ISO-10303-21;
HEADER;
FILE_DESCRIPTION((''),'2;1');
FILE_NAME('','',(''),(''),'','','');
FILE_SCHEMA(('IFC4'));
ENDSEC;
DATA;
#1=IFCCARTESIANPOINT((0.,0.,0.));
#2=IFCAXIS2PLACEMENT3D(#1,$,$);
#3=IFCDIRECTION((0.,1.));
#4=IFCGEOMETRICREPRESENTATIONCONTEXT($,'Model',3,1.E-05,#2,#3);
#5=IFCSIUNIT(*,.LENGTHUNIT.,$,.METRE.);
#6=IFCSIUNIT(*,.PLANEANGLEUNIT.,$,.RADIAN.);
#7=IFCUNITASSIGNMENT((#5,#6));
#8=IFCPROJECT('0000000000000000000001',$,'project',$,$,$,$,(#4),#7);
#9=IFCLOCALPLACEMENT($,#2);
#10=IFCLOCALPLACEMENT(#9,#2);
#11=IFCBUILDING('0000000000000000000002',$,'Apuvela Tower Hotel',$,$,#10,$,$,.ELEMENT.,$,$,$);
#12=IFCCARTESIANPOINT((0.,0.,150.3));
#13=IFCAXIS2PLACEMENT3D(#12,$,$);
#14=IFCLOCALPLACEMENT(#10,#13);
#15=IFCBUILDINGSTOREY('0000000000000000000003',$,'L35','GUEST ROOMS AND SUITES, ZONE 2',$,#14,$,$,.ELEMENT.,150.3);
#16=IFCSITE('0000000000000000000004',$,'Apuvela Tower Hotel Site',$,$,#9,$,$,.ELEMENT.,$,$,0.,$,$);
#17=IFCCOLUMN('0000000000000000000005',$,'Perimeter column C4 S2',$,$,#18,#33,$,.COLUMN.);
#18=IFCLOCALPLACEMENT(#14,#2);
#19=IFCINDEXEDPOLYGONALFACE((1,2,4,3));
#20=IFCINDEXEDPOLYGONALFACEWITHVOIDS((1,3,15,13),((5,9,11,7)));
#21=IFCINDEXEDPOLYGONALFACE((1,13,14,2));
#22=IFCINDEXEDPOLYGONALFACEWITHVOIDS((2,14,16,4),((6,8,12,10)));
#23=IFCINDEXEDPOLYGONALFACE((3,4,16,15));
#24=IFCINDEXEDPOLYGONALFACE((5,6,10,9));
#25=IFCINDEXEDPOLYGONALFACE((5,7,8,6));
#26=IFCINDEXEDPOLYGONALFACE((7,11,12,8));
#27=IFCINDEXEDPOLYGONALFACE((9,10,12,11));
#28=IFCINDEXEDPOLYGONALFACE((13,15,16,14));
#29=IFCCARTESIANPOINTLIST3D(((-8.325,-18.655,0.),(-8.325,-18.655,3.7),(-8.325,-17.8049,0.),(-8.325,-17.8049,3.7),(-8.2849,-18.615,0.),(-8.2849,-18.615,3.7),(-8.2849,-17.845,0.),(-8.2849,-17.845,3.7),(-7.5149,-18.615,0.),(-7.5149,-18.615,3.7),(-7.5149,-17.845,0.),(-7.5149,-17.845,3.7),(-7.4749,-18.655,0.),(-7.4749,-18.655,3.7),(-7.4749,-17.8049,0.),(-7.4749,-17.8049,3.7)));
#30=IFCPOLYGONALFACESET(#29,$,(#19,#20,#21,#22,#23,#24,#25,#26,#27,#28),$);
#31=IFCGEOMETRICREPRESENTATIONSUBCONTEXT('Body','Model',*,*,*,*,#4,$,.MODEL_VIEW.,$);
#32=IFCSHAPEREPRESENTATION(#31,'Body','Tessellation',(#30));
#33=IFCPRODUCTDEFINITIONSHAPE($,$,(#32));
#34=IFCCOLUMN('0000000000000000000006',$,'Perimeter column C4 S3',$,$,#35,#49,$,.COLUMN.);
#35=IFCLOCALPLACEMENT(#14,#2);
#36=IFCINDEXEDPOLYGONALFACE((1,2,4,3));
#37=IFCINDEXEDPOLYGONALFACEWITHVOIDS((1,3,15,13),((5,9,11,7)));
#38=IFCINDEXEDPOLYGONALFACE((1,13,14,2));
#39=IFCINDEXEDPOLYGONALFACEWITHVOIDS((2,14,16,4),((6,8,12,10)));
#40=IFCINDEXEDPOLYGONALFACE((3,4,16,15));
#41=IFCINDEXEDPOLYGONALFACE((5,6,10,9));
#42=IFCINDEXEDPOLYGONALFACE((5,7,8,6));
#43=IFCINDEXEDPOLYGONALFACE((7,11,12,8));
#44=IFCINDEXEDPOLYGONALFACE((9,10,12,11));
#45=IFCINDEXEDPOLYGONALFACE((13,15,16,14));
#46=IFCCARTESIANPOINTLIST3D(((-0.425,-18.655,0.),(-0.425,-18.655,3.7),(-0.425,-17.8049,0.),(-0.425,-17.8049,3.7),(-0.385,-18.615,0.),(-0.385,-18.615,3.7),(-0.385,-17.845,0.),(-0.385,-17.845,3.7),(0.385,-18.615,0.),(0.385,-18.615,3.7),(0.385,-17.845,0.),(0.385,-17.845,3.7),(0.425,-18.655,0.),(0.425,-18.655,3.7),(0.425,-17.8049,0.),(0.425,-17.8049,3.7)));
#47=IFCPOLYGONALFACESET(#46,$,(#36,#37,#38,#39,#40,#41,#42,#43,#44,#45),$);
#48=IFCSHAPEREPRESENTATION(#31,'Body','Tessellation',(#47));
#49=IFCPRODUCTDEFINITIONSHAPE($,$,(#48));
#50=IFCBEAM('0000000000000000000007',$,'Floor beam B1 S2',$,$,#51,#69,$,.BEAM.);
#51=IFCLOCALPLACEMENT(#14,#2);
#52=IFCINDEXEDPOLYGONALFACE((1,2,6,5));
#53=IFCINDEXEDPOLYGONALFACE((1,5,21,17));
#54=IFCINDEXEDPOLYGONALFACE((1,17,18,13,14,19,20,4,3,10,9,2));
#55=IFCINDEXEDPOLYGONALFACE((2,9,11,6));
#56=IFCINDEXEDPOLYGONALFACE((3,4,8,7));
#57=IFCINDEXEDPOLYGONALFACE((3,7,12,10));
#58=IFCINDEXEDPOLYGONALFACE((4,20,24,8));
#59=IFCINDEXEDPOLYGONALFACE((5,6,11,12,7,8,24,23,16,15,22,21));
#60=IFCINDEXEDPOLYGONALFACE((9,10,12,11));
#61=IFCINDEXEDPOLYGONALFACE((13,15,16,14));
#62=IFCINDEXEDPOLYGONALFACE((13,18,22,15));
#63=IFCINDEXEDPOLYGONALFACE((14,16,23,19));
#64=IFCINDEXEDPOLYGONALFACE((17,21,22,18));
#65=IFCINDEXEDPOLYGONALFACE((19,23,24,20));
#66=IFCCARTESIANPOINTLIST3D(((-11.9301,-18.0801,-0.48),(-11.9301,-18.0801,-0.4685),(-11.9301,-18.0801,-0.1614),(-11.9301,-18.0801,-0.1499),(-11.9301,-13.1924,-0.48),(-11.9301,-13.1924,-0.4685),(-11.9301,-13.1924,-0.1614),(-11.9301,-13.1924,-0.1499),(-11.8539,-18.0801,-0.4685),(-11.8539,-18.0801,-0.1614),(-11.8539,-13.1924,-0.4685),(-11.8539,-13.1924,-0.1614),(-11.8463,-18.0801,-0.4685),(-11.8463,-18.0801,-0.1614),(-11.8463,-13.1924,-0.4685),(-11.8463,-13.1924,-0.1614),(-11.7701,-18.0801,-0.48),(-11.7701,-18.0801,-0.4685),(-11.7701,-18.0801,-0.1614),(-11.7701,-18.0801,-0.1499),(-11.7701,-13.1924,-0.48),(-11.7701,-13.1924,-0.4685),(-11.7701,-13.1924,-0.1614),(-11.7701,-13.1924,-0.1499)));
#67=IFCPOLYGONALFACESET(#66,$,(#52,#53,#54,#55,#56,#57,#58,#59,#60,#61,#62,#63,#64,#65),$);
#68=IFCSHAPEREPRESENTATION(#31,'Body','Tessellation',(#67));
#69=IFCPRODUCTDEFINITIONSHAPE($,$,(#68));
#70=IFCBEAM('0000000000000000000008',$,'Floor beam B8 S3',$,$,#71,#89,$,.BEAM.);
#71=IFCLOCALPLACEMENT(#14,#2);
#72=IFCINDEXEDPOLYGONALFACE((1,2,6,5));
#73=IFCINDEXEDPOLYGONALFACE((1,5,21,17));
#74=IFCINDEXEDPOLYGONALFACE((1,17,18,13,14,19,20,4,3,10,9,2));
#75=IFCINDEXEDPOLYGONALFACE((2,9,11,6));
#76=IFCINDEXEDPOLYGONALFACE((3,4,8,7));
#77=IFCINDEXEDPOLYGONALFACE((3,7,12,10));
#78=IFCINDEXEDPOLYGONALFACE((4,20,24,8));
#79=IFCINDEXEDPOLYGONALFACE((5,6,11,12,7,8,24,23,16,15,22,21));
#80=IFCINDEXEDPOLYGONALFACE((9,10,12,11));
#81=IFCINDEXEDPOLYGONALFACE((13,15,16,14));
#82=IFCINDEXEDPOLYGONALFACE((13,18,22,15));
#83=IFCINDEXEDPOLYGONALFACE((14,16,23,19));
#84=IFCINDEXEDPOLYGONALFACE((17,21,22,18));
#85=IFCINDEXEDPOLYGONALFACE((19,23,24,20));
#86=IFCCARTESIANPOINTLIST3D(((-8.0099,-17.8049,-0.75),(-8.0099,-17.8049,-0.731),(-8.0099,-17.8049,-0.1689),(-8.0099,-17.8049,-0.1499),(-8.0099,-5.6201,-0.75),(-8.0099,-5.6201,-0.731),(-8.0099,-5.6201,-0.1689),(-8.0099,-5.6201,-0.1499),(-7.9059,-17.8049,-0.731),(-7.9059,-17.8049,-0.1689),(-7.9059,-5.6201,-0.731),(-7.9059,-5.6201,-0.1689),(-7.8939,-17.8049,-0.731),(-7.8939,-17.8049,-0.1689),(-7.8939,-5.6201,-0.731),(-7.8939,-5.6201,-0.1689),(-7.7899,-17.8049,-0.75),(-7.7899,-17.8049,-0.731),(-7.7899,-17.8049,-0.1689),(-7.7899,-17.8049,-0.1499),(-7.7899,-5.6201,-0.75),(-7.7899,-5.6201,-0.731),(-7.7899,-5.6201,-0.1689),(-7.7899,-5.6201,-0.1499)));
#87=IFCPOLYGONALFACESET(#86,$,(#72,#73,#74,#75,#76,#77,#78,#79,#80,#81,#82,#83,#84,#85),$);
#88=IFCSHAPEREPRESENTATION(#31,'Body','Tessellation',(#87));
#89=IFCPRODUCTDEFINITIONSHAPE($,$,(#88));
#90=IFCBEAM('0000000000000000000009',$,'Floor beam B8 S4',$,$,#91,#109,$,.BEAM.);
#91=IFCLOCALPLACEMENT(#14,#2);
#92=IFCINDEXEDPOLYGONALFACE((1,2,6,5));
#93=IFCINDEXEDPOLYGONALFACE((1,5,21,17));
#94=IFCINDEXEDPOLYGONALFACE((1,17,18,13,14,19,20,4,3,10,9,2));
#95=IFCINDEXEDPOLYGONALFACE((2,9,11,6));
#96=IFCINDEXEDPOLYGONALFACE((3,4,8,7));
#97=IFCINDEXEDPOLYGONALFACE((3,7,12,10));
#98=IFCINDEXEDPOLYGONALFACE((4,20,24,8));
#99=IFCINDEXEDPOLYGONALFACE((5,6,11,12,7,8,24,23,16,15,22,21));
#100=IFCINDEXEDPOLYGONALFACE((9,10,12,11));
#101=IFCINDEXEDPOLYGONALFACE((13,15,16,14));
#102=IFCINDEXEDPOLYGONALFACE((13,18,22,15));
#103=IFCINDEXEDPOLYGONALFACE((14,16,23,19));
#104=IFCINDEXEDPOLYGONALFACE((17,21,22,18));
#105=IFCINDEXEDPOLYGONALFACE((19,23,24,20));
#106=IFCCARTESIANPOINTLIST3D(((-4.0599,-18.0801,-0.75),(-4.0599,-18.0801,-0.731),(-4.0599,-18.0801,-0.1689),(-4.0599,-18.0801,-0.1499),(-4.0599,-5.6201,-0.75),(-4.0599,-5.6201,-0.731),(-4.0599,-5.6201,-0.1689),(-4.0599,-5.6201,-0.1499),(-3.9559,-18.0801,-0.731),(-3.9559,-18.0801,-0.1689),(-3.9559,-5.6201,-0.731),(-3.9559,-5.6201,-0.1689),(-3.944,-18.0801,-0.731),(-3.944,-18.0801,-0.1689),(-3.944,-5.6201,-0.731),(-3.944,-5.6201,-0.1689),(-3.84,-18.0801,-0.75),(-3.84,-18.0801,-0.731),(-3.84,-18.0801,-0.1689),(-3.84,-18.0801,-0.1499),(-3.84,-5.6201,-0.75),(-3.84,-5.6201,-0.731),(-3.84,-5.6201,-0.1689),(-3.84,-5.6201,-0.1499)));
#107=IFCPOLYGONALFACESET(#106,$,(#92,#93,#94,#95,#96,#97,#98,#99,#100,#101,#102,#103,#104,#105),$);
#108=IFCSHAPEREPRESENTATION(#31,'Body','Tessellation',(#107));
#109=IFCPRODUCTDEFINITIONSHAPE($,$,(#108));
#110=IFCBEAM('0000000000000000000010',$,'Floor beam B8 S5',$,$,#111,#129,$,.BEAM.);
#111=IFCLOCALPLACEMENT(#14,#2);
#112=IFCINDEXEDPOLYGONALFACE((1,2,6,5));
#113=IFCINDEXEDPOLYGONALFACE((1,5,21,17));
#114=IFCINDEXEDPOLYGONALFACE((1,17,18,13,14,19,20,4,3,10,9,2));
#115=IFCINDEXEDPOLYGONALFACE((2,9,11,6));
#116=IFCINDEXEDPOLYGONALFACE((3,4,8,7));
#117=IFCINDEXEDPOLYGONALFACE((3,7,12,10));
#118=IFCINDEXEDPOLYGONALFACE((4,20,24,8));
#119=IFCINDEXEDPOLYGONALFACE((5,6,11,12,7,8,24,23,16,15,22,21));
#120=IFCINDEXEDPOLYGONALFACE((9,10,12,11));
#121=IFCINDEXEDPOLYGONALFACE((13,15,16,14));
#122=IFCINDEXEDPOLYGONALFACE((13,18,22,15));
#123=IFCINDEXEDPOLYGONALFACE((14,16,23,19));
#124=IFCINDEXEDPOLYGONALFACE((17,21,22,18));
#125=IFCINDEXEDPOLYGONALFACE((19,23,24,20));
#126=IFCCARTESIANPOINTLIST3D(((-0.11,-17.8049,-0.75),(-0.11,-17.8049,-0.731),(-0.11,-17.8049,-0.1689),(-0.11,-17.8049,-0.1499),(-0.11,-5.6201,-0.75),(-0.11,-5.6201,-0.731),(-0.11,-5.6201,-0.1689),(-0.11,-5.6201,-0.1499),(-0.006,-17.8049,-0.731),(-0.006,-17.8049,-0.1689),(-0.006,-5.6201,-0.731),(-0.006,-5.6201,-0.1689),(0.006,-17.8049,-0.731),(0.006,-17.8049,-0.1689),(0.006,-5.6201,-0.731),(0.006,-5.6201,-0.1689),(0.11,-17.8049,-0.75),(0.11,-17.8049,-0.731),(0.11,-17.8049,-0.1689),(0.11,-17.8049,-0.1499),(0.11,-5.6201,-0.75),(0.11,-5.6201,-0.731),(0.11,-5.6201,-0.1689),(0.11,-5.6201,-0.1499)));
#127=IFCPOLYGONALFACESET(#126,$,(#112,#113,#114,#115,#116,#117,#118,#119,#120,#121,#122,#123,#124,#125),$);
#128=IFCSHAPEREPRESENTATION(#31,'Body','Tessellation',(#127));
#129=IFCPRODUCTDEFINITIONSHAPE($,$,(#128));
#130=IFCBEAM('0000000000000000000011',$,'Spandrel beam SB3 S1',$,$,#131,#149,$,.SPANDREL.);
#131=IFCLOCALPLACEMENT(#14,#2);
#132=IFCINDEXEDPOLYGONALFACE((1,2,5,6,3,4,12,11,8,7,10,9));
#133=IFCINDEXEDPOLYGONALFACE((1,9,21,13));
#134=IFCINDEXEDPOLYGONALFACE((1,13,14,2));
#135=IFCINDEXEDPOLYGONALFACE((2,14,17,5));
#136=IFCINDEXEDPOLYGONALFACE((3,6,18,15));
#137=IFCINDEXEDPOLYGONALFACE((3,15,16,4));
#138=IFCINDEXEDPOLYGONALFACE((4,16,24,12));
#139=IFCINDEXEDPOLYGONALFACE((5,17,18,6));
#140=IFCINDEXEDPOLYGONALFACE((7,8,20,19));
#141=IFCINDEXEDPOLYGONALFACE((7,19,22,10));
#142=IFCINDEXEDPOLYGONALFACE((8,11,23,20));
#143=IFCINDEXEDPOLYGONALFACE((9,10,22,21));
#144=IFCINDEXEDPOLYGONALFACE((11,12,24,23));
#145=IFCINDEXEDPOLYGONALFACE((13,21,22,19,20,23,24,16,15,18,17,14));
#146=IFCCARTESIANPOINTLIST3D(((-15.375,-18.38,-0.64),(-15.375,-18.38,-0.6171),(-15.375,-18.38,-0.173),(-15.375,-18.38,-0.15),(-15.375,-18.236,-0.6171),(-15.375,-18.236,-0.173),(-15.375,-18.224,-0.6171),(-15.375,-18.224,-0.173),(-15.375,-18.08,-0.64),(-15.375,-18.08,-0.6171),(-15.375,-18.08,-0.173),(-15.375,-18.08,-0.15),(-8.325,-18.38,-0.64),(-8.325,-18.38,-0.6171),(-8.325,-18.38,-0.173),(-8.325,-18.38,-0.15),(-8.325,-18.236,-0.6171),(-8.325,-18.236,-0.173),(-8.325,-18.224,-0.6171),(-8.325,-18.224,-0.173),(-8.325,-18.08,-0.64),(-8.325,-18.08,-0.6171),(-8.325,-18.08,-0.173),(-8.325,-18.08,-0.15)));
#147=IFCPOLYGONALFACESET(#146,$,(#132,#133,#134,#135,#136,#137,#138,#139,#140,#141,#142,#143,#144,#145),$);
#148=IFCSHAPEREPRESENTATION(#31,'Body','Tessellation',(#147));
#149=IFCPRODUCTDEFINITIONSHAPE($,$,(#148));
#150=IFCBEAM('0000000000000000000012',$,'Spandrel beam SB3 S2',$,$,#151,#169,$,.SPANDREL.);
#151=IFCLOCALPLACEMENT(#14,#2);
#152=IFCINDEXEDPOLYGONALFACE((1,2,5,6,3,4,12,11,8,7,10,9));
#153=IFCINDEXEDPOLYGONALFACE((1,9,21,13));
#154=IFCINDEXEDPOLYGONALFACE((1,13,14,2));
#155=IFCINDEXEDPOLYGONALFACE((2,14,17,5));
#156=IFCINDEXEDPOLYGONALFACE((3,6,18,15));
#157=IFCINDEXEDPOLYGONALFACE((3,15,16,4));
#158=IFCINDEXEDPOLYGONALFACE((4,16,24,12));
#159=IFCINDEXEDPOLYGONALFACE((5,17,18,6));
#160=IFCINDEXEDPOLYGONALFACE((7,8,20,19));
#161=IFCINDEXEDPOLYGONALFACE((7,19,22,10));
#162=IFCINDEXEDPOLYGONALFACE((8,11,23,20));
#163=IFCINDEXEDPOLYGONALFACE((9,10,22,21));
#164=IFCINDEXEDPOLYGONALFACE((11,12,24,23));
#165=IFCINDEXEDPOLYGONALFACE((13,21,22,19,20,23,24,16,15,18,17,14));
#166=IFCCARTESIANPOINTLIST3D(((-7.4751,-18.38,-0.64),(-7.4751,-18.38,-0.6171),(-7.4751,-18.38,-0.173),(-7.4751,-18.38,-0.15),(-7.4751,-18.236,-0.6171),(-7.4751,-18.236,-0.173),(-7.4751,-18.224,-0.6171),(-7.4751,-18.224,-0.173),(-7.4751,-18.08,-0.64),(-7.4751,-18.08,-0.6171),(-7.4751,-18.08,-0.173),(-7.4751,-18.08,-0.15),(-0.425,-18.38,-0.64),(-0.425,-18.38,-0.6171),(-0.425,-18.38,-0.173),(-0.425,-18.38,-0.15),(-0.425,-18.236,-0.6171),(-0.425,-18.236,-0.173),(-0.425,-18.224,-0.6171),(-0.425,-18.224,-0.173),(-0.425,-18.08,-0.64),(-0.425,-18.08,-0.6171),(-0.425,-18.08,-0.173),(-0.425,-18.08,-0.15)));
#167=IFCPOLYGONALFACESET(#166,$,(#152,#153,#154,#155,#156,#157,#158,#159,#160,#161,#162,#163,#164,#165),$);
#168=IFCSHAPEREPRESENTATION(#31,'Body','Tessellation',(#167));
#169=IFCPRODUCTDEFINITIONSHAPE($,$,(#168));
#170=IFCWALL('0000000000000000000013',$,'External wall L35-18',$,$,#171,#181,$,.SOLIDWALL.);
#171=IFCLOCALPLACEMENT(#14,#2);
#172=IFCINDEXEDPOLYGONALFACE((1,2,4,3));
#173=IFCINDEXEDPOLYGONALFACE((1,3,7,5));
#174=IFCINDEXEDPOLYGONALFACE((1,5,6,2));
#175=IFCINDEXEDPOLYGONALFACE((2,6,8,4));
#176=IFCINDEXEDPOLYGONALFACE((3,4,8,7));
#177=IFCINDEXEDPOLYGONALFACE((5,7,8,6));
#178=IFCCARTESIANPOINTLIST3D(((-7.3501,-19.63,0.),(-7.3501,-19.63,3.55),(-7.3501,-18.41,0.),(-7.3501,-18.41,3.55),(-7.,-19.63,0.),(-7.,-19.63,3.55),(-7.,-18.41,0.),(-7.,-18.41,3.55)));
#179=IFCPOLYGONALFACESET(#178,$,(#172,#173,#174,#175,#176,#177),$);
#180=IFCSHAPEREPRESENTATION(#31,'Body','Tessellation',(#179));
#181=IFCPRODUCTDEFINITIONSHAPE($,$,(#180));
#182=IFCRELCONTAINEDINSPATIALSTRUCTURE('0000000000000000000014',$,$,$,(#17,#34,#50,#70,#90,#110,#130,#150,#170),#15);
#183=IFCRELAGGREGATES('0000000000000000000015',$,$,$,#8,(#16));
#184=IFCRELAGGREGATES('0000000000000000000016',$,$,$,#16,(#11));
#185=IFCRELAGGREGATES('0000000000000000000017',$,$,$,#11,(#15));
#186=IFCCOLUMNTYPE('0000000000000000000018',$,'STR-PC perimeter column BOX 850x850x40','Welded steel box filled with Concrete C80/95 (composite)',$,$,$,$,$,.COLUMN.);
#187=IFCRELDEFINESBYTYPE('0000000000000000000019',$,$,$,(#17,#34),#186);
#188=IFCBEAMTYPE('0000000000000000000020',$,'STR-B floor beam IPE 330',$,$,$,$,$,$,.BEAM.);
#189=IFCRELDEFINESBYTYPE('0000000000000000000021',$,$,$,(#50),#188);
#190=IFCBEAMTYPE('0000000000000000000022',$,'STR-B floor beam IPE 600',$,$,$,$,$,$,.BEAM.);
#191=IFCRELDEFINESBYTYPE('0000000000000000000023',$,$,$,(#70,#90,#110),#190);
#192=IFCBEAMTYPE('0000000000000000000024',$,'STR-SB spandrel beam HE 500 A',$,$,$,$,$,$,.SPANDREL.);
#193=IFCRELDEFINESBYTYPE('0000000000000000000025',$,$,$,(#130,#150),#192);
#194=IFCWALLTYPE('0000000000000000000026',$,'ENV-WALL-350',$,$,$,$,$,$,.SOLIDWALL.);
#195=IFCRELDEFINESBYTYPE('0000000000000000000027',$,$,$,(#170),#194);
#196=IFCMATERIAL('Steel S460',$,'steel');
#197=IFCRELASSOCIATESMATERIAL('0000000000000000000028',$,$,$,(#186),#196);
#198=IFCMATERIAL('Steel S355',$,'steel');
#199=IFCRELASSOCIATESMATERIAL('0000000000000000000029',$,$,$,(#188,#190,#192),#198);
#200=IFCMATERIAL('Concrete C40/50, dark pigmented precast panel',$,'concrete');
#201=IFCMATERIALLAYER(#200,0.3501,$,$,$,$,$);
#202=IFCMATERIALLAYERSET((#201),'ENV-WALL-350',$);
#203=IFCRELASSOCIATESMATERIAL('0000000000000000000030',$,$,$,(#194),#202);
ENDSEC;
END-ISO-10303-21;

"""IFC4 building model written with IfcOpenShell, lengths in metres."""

from ifc_helpers import new_model, si_unit, direction, frame, frame_2d, origin, origin_2d, place, context, subcontext, project, spatial, rectangle, hollow_rectangle, i_section, extrude, material, layer, layer_set, material_profile, profile_set, type_object, element, save


model = new_model("IFC4")

# Units and contexts
model_context = context("Model", 3, precision=1e-05, world=origin(), true_north=direction((0.0, 1.0)))
body_context = subcontext(model_context, "Body", "Model", "MODEL_VIEW")
ifc_project = project(units=[si_unit("LENGTHUNIT", "METRE"), si_unit("PLANEANGLEUNIT", "RADIAN")], contexts=[model_context])

# Site, building, storey
site_placement = place(None, origin())
site = spatial("IfcSite", under=ifc_project, at=site_placement, Name="Apuvela Tower Hotel Site", CompositionType="ELEMENT", RefElevation=0.0)
building_placement = place(site_placement, origin())
building = spatial("IfcBuilding", under=site, at=building_placement, Name="Apuvela Tower Hotel", CompositionType="ELEMENT")
storey_placement = place(building_placement, frame((0.0, 0.0, 150.3)))
storey = spatial("IfcBuildingStorey", under=building, at=storey_placement, Name="L35", Description="GUEST ROOMS AND SUITES, ZONE 2", CompositionType="ELEMENT", Elevation=150.3)

# Columns
ifc_material_1 = material(Name="Steel S460", Category="steel")
ifc_material_profile_1 = material_profile(ifc_material_1, hollow_rectangle(XDim=0.8501, YDim=0.8501, WallThickness=0.04, at=origin_2d()), Name="BOX 850x850x40")
ifc_material_2 = material(Name="Concrete C80/95", Category="concrete")
ifc_material_profile_2 = material_profile(ifc_material_2, rectangle(XDim=0.77, YDim=0.77, at=origin_2d()), Name="Concrete C80/95 infill")
ifc_profile_set_1 = profile_set([ifc_material_profile_1, ifc_material_profile_2], Name="Steel S460")
column_type = type_object("IfcColumnType", Name="STR-PC perimeter column BOX 850x850x40", Description="Welded steel box filled with Concrete C80/95 (composite)", PredefinedType="COLUMN", material=ifc_profile_set_1)
for number, where, z_axis, x_axis, name in (
    (1, (-7.8999, -18.23, 0.0), (0.0, 0.0, 1.0), (-1.0, 0.0, 0.0), "Perimeter column C4 S2"),
    (2, (0.0, -18.23, 0.0), (0.0, 0.0, 1.0), (-1.0, 0.0, 0.0), "Perimeter column C4 S3"),
):
    element("IfcColumn", number, at=place(storey_placement, frame(where, z_axis=z_axis, x_axis=x_axis)), inside=storey, type_object=column_type, Name=name, PredefinedType="COLUMN", context=body_context, shape_type="SweptSolid", body=[
        extrude(hollow_rectangle(XDim=0.8501, YDim=0.8501, WallThickness=0.04, at=origin_2d()), origin(), (0.0, 0.0, 1.0), 3.7),
    ])

# Beams
ifc_material_3 = material(Name="Steel S355", Category="steel")
ifc_material_profile_3 = material_profile(ifc_material_3, i_section(OverallWidth=0.1599, OverallDepth=0.3301, WebThickness=0.0076, FlangeThickness=0.0115, at=origin_2d()), Name="IPE 330")
ifc_profile_set_2 = profile_set([ifc_material_profile_3], Name="Steel S355")
beam_type_1 = type_object("IfcBeamType", Name="STR-B floor beam IPE 330", PredefinedType="BEAM", material=ifc_profile_set_2)
beam_1_placement = place(storey_placement, frame((-11.8501, -18.0801, -0.3149), z_axis=(0.0, 1.0, 0.0), x_axis=(-1.0, 0.0, 0.0)))
element("IfcBeam", 3, at=beam_1_placement, inside=storey, type_object=beam_type_1, Name="Floor beam B1 S2", PredefinedType="BEAM", context=body_context, shape_type="SweptSolid", body=[
    extrude(i_section(OverallWidth=0.1599, OverallDepth=0.3301, WebThickness=0.0076, FlangeThickness=0.0115, at=origin_2d()), origin(), (0.0, 0.0, 1.0), 4.8877),
])
ifc_material_profile_4 = material_profile(ifc_material_3, i_section(OverallWidth=0.22, OverallDepth=0.6001, WebThickness=0.012, FlangeThickness=0.019, at=origin_2d()), Name="IPE 600")
ifc_profile_set_3 = profile_set([ifc_material_profile_4], Name="Steel S355")
beam_type_2 = type_object("IfcBeamType", Name="STR-B floor beam IPE 600", PredefinedType="BEAM", material=ifc_profile_set_3)
beam_2_placement = place(storey_placement, frame((-7.8999, -17.8049, -0.45), z_axis=(0.0, 1.0, 0.0), x_axis=(-1.0, 0.0, 0.0)))
element("IfcBeam", 4, at=beam_2_placement, inside=storey, type_object=beam_type_2, Name="Floor beam B8 S3", PredefinedType="BEAM", context=body_context, shape_type="SweptSolid", body=[
    extrude(i_section(OverallWidth=0.22, OverallDepth=0.6001, WebThickness=0.012, FlangeThickness=0.019, at=origin_2d()), origin(), (0.0, 0.0, 1.0), 12.1848),
])
beam_3_placement = place(storey_placement, frame((-3.95, -18.0801, -0.45), z_axis=(0.0, 1.0, 0.0), x_axis=(-1.0, 0.0, 0.0)))
element("IfcBeam", 5, at=beam_3_placement, inside=storey, type_object=beam_type_2, Name="Floor beam B8 S4", PredefinedType="BEAM", context=body_context, shape_type="SweptSolid", body=[
    extrude(i_section(OverallWidth=0.22, OverallDepth=0.6001, WebThickness=0.012, FlangeThickness=0.019, at=origin_2d()), origin(), (0.0, 0.0, 1.0), 12.46),
])
beam_4_placement = place(storey_placement, frame((0.0, -17.8049, -0.45), z_axis=(0.0, 1.0, 0.0), x_axis=(-1.0, 0.0, 0.0)))
element("IfcBeam", 6, at=beam_4_placement, inside=storey, type_object=beam_type_2, Name="Floor beam B8 S5", PredefinedType="BEAM", context=body_context, shape_type="SweptSolid", body=[
    extrude(i_section(OverallWidth=0.22, OverallDepth=0.6001, WebThickness=0.012, FlangeThickness=0.019, at=origin_2d()), origin(), (0.0, 0.0, 1.0), 12.1848),
])
ifc_material_profile_5 = material_profile(ifc_material_3, i_section(OverallWidth=0.3, OverallDepth=0.49, WebThickness=0.012, FlangeThickness=0.0229, at=origin_2d()), Name="HE 500 A")
ifc_profile_set_4 = profile_set([ifc_material_profile_5], Name="Steel S355")
beam_type_3 = type_object("IfcBeamType", Name="STR-SB spandrel beam HE 500 A", PredefinedType="SPANDREL", material=ifc_profile_set_4)
for number, where, z_axis, x_axis, name in (
    (7, (-15.375, -18.23, -0.395), (1.0, 0.0, 0.0), (0.0, 1.0, 0.0), "Spandrel beam SB3 S1"),
    (8, (-7.4751, -18.23, -0.395), (1.0, 0.0, 0.0), (0.0, 1.0, 0.0), "Spandrel beam SB3 S2"),
):
    element("IfcBeam", number, at=place(storey_placement, frame(where, z_axis=z_axis, x_axis=x_axis)), inside=storey, type_object=beam_type_3, Name=name, PredefinedType="SPANDREL", context=body_context, shape_type="SweptSolid", body=[
        extrude(i_section(OverallWidth=0.3, OverallDepth=0.49, WebThickness=0.012, FlangeThickness=0.0229, at=origin_2d()), origin(), (0.0, 0.0, 1.0), 7.05),
    ])

# Wall
ifc_material_4 = material(Name="Concrete C40/50, dark pigmented precast panel", Category="concrete")
ifc_layer_1 = layer(ifc_material_4, 0.3501)
ifc_layer_set_1 = layer_set([ifc_layer_1], Name="ENV-WALL-350")
wall_type_1 = type_object("IfcWallType", Name="ENV-WALL-350", PredefinedType="SOLIDWALL", material=ifc_layer_set_1)
wall_1_placement = place(storey_placement, frame((-7.175, -19.6299, 0.0), z_axis=(0.0, 0.0, 1.0), x_axis=(0.0, 1.0, 0.0)))
element("IfcWall", 9, at=wall_1_placement, inside=storey, type_object=wall_type_1, Name="External wall L35-18", PredefinedType="SOLIDWALL", context=body_context, shape_type="SweptSolid", body=[
    extrude(rectangle(XDim=1.22, YDim=0.3501, at=frame_2d((0.6099, 0.0))), origin(), (0.0, 0.0, 1.0), 3.55),
])

save(model, "model.ifc")
